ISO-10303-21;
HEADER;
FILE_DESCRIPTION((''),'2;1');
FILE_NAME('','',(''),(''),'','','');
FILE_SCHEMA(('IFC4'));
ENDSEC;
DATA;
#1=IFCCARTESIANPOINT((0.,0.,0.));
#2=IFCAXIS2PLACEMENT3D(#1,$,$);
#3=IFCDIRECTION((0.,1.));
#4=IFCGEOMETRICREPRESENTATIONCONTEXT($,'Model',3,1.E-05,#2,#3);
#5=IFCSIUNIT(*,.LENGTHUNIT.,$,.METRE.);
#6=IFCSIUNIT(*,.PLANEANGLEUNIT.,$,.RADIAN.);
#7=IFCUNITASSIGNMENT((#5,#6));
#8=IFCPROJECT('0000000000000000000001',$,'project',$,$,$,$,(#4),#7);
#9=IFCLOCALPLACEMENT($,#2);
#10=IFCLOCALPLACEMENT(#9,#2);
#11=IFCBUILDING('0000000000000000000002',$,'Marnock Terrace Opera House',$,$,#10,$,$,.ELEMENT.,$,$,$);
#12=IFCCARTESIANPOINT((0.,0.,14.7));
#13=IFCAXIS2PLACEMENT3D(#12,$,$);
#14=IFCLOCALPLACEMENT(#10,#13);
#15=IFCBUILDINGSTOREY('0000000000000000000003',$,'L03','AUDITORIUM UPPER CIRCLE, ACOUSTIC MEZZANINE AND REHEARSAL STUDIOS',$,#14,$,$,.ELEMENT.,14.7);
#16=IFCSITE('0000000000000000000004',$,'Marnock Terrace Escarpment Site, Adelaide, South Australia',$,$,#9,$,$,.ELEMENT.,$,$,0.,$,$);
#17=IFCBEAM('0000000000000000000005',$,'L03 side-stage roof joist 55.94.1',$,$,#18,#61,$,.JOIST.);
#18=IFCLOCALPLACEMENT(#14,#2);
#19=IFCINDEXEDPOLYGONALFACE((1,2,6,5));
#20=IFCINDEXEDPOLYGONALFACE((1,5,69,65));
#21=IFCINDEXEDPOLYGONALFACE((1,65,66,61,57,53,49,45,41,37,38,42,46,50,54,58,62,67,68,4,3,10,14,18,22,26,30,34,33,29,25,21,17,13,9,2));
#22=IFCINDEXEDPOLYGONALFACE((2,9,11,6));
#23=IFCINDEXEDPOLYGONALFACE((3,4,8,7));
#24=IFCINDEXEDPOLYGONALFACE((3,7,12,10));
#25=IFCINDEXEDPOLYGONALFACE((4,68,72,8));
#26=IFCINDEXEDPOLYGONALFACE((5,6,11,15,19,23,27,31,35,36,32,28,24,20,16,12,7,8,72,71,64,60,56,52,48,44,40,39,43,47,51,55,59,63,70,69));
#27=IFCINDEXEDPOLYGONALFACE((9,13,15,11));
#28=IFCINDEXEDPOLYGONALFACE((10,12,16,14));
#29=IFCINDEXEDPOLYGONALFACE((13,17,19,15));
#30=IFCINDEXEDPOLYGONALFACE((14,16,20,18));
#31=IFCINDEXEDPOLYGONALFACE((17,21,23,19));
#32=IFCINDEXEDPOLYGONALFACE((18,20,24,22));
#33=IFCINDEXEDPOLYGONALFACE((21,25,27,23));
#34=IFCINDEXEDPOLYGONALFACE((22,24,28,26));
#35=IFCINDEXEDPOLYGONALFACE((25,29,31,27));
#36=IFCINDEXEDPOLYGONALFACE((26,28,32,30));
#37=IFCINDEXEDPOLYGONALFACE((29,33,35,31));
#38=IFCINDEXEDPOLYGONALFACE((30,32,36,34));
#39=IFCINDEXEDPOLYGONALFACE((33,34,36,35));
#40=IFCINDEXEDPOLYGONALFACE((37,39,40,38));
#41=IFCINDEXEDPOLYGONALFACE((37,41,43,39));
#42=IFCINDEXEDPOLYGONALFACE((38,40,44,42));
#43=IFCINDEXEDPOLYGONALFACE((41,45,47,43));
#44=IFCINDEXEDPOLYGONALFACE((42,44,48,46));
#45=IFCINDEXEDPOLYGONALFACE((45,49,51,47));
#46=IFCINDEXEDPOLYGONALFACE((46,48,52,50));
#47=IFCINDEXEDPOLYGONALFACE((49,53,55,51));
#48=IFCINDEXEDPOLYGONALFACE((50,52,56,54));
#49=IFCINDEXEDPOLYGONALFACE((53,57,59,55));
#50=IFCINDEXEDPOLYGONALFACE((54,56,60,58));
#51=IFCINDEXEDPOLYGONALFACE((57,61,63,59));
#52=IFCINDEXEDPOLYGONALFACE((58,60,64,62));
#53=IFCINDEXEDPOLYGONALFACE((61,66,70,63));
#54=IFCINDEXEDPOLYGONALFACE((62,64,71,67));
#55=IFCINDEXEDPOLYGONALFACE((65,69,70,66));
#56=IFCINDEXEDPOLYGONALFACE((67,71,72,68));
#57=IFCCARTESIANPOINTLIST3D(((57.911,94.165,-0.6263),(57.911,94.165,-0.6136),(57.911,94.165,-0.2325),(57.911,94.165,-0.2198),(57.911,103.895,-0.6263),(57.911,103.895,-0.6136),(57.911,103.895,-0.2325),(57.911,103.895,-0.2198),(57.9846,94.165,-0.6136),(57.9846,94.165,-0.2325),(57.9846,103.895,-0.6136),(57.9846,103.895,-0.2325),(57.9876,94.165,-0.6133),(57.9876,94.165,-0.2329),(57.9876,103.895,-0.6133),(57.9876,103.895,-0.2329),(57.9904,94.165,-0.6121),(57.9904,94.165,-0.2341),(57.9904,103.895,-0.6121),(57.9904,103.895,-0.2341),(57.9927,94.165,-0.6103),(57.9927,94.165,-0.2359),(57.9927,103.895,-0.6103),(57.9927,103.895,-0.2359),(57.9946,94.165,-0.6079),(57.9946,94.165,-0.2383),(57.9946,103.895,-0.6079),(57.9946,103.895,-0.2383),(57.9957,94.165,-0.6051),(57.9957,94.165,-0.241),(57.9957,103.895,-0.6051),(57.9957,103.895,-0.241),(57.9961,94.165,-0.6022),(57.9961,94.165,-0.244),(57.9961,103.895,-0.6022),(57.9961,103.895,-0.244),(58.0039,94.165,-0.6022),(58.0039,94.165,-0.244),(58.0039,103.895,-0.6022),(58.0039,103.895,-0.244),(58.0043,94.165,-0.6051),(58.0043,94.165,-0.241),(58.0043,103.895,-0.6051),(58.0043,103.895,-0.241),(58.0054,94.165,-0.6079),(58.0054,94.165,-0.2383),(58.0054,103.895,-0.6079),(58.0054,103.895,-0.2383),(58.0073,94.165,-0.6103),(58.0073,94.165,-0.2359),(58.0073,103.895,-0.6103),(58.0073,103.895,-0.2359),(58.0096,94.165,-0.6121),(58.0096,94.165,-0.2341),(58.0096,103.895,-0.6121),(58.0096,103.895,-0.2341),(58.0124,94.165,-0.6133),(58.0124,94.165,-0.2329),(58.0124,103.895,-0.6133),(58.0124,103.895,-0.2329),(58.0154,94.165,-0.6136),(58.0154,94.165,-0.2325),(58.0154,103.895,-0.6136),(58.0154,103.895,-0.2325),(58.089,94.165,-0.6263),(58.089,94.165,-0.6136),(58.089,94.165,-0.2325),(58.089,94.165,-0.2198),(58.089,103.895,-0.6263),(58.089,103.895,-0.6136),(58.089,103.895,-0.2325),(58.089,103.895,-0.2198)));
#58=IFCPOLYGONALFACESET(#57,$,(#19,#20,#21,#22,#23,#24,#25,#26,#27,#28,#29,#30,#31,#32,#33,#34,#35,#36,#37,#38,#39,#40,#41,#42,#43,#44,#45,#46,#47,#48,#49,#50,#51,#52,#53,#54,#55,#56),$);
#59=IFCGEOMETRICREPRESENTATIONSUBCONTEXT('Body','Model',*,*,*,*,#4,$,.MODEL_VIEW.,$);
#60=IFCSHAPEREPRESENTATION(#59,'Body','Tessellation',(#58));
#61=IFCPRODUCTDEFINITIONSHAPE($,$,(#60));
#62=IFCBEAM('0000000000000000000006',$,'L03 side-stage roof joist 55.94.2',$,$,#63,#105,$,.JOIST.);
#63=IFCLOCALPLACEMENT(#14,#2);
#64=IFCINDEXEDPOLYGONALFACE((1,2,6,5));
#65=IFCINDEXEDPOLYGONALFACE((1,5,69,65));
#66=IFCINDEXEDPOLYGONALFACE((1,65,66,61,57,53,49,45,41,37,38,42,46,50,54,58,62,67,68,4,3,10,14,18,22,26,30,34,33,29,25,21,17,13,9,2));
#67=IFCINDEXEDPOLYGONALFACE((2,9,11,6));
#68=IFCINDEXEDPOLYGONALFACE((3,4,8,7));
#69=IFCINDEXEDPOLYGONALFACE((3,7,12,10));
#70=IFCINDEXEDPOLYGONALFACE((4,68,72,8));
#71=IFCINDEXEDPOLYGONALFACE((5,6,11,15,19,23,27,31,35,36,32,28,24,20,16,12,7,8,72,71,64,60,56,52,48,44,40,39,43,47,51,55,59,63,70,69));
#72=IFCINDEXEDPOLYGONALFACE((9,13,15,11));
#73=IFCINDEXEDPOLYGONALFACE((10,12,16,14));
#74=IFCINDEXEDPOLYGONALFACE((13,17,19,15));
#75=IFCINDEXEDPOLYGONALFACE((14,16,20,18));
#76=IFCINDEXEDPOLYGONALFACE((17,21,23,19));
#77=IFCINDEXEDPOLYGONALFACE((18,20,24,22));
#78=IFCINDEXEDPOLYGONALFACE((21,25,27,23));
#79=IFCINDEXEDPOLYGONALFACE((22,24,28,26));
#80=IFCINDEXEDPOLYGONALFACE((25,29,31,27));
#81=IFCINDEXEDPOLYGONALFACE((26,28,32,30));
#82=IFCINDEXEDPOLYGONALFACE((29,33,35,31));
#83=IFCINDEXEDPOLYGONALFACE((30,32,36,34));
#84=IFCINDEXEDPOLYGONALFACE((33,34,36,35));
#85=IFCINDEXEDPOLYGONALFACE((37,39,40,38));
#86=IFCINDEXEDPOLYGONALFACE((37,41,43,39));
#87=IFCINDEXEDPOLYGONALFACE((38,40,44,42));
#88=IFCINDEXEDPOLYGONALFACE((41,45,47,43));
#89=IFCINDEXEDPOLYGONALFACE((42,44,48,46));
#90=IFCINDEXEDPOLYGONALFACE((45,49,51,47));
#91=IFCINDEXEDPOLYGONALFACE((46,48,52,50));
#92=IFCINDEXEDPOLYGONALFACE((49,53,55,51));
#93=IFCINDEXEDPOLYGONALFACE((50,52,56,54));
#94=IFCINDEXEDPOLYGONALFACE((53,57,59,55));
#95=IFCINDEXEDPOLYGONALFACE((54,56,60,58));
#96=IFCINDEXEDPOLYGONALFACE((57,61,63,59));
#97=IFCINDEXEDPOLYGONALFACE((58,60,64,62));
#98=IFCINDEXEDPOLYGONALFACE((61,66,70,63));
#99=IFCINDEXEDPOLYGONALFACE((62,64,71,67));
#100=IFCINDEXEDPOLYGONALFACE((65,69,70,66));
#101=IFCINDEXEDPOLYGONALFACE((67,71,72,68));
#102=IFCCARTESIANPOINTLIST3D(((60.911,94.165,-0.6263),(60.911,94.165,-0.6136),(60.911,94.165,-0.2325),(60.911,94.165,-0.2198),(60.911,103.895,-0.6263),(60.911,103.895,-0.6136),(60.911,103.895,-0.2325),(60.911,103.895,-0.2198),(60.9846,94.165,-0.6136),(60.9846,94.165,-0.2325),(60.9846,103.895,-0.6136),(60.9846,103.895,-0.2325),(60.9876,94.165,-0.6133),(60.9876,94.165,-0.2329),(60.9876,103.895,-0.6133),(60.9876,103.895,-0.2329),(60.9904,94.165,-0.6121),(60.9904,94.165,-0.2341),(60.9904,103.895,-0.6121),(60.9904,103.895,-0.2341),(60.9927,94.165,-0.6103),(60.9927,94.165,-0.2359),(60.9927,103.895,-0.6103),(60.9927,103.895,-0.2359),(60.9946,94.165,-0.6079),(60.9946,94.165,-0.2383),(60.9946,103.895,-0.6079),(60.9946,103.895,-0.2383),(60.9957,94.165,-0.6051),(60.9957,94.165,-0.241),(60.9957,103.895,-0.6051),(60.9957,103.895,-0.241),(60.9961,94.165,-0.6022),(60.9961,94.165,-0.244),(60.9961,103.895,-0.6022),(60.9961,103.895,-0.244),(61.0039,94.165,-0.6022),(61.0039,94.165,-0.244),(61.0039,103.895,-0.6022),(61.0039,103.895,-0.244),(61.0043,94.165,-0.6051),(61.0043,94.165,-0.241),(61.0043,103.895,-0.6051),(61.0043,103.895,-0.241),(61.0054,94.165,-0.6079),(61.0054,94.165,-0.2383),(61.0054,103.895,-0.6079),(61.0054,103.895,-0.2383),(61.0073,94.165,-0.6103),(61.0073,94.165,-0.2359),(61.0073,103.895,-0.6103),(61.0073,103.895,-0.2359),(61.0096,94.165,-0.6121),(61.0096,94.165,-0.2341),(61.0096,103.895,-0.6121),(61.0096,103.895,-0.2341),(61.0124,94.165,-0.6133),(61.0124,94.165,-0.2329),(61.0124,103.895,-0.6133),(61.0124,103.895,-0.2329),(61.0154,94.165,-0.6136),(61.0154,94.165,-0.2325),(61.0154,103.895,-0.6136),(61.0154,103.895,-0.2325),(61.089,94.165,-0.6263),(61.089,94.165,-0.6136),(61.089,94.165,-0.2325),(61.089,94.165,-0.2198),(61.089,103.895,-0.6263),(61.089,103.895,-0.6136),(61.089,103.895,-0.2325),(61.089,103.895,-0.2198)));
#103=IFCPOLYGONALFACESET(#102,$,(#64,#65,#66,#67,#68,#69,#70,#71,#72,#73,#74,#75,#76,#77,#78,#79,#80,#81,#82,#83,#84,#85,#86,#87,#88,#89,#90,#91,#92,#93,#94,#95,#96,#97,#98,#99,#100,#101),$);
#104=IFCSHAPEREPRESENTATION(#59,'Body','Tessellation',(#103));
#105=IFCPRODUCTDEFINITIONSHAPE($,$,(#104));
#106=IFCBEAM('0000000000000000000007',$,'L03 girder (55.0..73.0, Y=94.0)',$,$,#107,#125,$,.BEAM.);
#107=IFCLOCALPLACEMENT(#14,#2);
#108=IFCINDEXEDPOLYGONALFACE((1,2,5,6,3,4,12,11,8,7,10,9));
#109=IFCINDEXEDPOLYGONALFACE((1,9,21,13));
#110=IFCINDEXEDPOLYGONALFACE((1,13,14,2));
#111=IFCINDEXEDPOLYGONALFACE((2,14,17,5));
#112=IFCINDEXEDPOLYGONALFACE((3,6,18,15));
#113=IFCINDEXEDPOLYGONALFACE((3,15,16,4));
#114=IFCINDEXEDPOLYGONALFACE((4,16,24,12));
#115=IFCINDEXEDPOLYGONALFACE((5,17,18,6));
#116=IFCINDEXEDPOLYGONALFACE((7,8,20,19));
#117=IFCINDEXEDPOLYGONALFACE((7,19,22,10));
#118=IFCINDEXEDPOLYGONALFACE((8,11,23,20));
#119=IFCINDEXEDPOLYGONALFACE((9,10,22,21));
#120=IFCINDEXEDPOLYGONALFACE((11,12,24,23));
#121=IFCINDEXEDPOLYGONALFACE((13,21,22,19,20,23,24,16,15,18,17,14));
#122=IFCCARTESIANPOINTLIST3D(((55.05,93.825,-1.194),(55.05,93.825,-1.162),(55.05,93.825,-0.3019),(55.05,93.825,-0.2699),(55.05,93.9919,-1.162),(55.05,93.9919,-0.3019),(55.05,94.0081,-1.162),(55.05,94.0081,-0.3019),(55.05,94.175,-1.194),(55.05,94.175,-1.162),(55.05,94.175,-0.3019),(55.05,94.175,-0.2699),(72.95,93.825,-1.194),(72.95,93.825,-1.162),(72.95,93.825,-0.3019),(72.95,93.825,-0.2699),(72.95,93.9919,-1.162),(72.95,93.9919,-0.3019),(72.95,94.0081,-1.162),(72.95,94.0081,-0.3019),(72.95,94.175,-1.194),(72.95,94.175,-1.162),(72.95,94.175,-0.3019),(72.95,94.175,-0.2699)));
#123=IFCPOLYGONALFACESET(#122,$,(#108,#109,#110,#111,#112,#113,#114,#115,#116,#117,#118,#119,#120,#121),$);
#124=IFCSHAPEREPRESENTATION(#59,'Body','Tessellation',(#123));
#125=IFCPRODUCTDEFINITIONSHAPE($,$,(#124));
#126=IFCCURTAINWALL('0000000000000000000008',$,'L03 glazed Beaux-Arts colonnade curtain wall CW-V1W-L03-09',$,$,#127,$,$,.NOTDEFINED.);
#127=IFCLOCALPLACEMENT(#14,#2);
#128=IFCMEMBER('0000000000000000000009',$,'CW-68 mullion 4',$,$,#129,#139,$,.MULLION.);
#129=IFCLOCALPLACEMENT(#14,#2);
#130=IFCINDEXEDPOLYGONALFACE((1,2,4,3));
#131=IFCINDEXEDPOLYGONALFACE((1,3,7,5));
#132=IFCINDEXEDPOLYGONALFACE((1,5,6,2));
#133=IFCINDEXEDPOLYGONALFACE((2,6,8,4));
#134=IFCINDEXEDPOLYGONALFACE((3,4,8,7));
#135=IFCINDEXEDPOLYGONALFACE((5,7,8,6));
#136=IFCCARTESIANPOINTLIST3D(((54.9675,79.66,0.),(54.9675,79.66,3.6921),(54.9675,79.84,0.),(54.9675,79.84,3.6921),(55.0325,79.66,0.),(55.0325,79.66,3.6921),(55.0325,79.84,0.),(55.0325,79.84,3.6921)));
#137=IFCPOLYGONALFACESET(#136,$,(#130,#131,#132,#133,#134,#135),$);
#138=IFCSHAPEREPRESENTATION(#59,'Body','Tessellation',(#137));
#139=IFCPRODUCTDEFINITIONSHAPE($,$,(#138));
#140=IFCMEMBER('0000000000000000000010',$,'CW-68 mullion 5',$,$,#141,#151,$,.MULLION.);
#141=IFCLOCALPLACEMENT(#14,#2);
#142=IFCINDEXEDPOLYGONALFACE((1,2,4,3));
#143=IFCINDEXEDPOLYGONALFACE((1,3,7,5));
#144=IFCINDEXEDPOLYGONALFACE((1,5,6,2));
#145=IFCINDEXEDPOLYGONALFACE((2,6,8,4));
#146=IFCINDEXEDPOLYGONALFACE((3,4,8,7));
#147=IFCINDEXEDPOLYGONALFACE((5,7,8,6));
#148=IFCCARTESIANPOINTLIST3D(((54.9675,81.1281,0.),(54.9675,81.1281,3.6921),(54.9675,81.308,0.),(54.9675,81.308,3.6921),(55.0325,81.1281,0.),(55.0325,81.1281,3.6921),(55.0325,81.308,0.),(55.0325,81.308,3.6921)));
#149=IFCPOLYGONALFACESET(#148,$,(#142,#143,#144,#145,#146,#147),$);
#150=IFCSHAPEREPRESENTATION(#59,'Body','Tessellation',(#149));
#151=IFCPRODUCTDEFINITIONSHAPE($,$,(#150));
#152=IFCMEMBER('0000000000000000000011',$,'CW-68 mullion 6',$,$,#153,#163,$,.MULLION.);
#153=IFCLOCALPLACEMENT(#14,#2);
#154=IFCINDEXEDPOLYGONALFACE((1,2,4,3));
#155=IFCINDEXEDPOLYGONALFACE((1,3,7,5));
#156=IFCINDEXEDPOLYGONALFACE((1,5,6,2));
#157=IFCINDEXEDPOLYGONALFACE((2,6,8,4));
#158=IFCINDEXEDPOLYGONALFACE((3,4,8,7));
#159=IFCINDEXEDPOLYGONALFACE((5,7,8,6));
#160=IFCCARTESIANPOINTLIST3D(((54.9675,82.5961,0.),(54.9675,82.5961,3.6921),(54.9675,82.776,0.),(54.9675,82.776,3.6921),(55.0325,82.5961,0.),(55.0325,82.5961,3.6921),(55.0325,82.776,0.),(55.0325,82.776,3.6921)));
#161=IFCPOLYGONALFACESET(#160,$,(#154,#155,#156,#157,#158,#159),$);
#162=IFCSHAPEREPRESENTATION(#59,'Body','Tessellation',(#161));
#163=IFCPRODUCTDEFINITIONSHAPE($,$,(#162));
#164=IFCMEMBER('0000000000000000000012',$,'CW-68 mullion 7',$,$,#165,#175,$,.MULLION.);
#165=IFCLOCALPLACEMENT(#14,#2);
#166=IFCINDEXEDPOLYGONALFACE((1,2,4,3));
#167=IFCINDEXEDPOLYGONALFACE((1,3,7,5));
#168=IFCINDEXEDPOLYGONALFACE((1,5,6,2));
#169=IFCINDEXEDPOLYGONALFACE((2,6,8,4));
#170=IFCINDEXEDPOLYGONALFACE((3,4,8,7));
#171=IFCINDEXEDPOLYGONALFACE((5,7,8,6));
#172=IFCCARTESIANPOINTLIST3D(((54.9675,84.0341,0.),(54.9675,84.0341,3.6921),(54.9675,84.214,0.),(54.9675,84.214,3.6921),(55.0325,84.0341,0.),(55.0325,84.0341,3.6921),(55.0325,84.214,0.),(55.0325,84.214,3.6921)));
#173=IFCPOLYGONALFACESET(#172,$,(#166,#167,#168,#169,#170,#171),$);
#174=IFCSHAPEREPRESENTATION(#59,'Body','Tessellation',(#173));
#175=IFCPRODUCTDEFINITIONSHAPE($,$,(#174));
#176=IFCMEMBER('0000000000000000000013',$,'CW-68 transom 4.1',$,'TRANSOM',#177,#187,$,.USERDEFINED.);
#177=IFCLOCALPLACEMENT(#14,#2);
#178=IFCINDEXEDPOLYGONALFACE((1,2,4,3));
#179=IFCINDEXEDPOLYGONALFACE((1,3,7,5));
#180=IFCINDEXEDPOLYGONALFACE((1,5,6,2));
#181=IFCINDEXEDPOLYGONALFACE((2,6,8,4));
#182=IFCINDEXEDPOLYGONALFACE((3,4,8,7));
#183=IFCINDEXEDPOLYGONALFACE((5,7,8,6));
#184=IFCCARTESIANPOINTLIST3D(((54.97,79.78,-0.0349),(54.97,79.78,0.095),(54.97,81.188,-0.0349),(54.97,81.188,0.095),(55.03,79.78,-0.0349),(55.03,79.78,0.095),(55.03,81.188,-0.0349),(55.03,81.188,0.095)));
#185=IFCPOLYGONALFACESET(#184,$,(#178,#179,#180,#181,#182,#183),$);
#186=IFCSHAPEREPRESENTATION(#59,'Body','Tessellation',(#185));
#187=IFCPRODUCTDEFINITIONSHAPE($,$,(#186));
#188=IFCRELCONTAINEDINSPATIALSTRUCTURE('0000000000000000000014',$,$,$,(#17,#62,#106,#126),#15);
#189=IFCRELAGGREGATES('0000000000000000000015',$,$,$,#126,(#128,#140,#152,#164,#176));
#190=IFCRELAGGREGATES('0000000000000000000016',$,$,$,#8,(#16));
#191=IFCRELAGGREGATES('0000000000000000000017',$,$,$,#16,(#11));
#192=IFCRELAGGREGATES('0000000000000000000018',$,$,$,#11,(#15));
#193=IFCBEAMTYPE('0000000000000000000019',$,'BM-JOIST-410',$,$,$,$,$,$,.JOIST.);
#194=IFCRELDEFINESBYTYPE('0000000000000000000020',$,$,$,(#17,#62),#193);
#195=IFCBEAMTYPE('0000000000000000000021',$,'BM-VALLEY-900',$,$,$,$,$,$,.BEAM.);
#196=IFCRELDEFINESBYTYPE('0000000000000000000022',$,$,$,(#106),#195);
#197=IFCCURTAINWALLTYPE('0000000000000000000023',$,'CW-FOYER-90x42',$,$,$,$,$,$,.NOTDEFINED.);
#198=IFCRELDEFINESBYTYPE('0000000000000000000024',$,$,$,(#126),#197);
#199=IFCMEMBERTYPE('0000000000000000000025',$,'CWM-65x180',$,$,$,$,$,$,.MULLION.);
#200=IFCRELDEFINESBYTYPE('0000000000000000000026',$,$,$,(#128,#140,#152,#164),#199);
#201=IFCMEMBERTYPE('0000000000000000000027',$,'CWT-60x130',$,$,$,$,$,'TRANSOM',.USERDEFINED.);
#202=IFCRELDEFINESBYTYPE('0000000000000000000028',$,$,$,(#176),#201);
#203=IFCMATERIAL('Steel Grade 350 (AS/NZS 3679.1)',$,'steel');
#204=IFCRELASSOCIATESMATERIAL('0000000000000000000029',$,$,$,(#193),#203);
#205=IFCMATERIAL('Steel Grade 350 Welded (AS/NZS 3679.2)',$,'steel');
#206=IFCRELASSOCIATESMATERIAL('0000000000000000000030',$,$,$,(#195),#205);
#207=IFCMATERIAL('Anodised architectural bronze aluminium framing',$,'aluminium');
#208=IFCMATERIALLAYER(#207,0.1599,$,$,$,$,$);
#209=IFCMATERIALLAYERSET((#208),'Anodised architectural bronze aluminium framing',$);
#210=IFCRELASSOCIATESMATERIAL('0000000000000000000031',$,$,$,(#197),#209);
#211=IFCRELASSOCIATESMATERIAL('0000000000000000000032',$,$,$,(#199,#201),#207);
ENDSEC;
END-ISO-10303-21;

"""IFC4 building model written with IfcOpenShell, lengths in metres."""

from ifc_helpers import new_model, si_unit, direction, frame, origin, origin_2d, place, context, subcontext, project, spatial, rectangle, i_section, extrude, material, layer, layer_set, material_profile, profile_set, type_object, element, aggregate, save


model = new_model("IFC4")

# Units and contexts
model_context = context("Model", 3, precision=1e-05, world=origin(), true_north=direction((0.0, 1.0)))
body_context = subcontext(model_context, "Body", "Model", "MODEL_VIEW")
ifc_project = project(units=[si_unit("LENGTHUNIT", "METRE"), si_unit("PLANEANGLEUNIT", "RADIAN")], contexts=[model_context])

# Site, building, storey
site_placement = place(None, origin())
site = spatial("IfcSite", under=ifc_project, at=site_placement, Name="Marnock Terrace Escarpment Site, Adelaide, South Australia", CompositionType="ELEMENT", RefElevation=0.0)
building_placement = place(site_placement, origin())
building = spatial("IfcBuilding", under=site, at=building_placement, Name="Marnock Terrace Opera House", CompositionType="ELEMENT")
storey_placement = place(building_placement, frame((0.0, 0.0, 14.7)))
storey = spatial("IfcBuildingStorey", under=building, at=storey_placement, Name="L03", Description="AUDITORIUM UPPER CIRCLE, ACOUSTIC MEZZANINE AND REHEARSAL STUDIOS", CompositionType="ELEMENT", Elevation=14.7)

# Beams
ifc_material_1 = material(Name="Steel Grade 350 (AS/NZS 3679.1)", Category="steel")
ifc_material_profile_1 = material_profile(ifc_material_1, i_section(OverallWidth=0.178, OverallDepth=0.4065, WebThickness=0.0078, FlangeThickness=0.0127, FilletRadius=0.0115, at=origin_2d()))
ifc_profile_set_1 = profile_set([ifc_material_profile_1], Name="Steel Grade 350 (AS/NZS 3679.1)")
beam_type_1 = type_object("IfcBeamType", Name="BM-JOIST-410", PredefinedType="JOIST", material=ifc_profile_set_1)
for number, where, z_axis, x_axis, name in (
    (1, (58.0, 94.165, -0.4231), (0.0, 1.0, 0.0), (-1.0, 0.0, 0.0), "L03 side-stage roof joist 55.94.1"),
    (2, (61.0, 94.165, -0.4231), (0.0, 1.0, 0.0), (-1.0, 0.0, 0.0), "L03 side-stage roof joist 55.94.2"),
):
    element("IfcBeam", number, at=place(storey_placement, frame(where, z_axis=z_axis, x_axis=x_axis)), inside=storey, type_object=beam_type_1, Name=name, PredefinedType="JOIST", context=body_context, shape_type="SweptSolid", body=[
        extrude(i_section(OverallWidth=0.178, OverallDepth=0.4065, WebThickness=0.0078, FlangeThickness=0.0127, FilletRadius=0.0115, at=origin_2d()), origin(), (0.0, 0.0, 1.0), 9.73),
    ])
ifc_material_2 = material(Name="Steel Grade 350 Welded (AS/NZS 3679.2)", Category="steel")
ifc_material_profile_2 = material_profile(ifc_material_2, i_section(OverallWidth=0.3501, OverallDepth=0.9241, WebThickness=0.0161, FlangeThickness=0.032, at=origin_2d()))
ifc_profile_set_2 = profile_set([ifc_material_profile_2], Name="Steel Grade 350 Welded (AS/NZS 3679.2)")
beam_type_2 = type_object("IfcBeamType", Name="BM-VALLEY-900", PredefinedType="BEAM", material=ifc_profile_set_2)
beam_1_placement = place(storey_placement, frame((55.05, 94.0, -0.7319), z_axis=(1.0, 0.0, 0.0), x_axis=(0.0, 1.0, 0.0)))
element("IfcBeam", 3, at=beam_1_placement, inside=storey, type_object=beam_type_2, Name="L03 girder (55.0..73.0, Y=94.0)", PredefinedType="BEAM", context=body_context, shape_type="SweptSolid", body=[
    extrude(i_section(OverallWidth=0.3501, OverallDepth=0.9241, WebThickness=0.0161, FlangeThickness=0.032, at=origin_2d()), origin(), (0.0, 0.0, 1.0), 17.8999),
])

# Curtain wall, members
ifc_material_3 = material(Name="Anodised architectural bronze aluminium framing", Category="aluminium")
ifc_layer_1 = layer(ifc_material_3, 0.1599)
ifc_layer_set_1 = layer_set([ifc_layer_1], Name="Anodised architectural bronze aluminium framing")
curtain_wall_type = type_object("IfcCurtainWallType", Name="CW-FOYER-90x42", PredefinedType="NOTDEFINED", material=ifc_layer_set_1)
curtain_wall_placement = place(storey_placement, origin())
curtain_wall = element("IfcCurtainWall", 4, at=curtain_wall_placement, inside=storey, type_object=curtain_wall_type, Name="L03 glazed Beaux-Arts colonnade curtain wall CW-V1W-L03-09", PredefinedType="NOTDEFINED")
ifc_material_profile_3 = material_profile(ifc_material_3, rectangle(XDim=0.0649, YDim=0.1799, at=origin_2d()))
ifc_profile_set_3 = profile_set([ifc_material_profile_3], Name="Anodised architectural bronze aluminium framing")
member_type_1 = type_object("IfcMemberType", Name="CWM-65x180", PredefinedType="MULLION", material=ifc_profile_set_3)
member_1_placement = place(storey_placement, frame((55.0, 79.75, 0.0), z_axis=(0.0, 0.0, 1.0), x_axis=(-1.0, 0.0, 0.0)))
member_1 = element("IfcMember", 5, at=member_1_placement, type_object=member_type_1, Name="CW-68 mullion 4", PredefinedType="MULLION", context=body_context, shape_type="SweptSolid", body=[
    extrude(rectangle(XDim=0.0649, YDim=0.1799, at=origin_2d()), origin(), (0.0, 0.0, 1.0), 3.6921),
])
member_2_placement = place(storey_placement, frame((55.0, 81.218, 0.0), z_axis=(0.0, 0.0, 1.0), x_axis=(-1.0, 0.0, 0.0)))
member_2 = element("IfcMember", 6, at=member_2_placement, type_object=member_type_1, Name="CW-68 mullion 5", PredefinedType="MULLION", context=body_context, shape_type="SweptSolid", body=[
    extrude(rectangle(XDim=0.0649, YDim=0.1799, at=origin_2d()), origin(), (0.0, 0.0, 1.0), 3.6921),
])
member_3_placement = place(storey_placement, frame((55.0, 82.686, 0.0), z_axis=(0.0, 0.0, 1.0), x_axis=(-1.0, 0.0, 0.0)))
member_3 = element("IfcMember", 7, at=member_3_placement, type_object=member_type_1, Name="CW-68 mullion 6", PredefinedType="MULLION", context=body_context, shape_type="SweptSolid", body=[
    extrude(rectangle(XDim=0.0649, YDim=0.1799, at=origin_2d()), origin(), (0.0, 0.0, 1.0), 3.6921),
])
member_4_placement = place(storey_placement, frame((55.0, 84.124, 0.0), z_axis=(0.0, 0.0, 1.0), x_axis=(-1.0, 0.0, 0.0)))
member_4 = element("IfcMember", 8, at=member_4_placement, type_object=member_type_1, Name="CW-68 mullion 7", PredefinedType="MULLION", context=body_context, shape_type="SweptSolid", body=[
    extrude(rectangle(XDim=0.0649, YDim=0.1799, at=origin_2d()), origin(), (0.0, 0.0, 1.0), 3.6921),
])
ifc_material_profile_4 = material_profile(ifc_material_3, rectangle(XDim=0.0601, YDim=0.1299, at=origin_2d()))
ifc_profile_set_4 = profile_set([ifc_material_profile_4], Name="Anodised architectural bronze aluminium framing")
member_type_2 = type_object("IfcMemberType", Name="CWT-60x130", ElementType="TRANSOM", PredefinedType="USERDEFINED", material=ifc_profile_set_4)
member_5_placement = place(storey_placement, frame((55.0, 79.78, 0.03), z_axis=(0.0, 1.0, 0.0), x_axis=(-1.0, 0.0, 0.0)))
member_5 = element("IfcMember", 9, at=member_5_placement, type_object=member_type_2, Name="CW-68 transom 4.1", ObjectType="TRANSOM", PredefinedType="USERDEFINED", context=body_context, shape_type="SweptSolid", body=[
    extrude(rectangle(XDim=0.0601, YDim=0.1299, at=origin_2d()), origin(), (0.0, 0.0, 1.0), 1.408),
])
aggregate(curtain_wall, [member_1, member_2, member_3, member_4, member_5])

save(model, "model.ifc")
